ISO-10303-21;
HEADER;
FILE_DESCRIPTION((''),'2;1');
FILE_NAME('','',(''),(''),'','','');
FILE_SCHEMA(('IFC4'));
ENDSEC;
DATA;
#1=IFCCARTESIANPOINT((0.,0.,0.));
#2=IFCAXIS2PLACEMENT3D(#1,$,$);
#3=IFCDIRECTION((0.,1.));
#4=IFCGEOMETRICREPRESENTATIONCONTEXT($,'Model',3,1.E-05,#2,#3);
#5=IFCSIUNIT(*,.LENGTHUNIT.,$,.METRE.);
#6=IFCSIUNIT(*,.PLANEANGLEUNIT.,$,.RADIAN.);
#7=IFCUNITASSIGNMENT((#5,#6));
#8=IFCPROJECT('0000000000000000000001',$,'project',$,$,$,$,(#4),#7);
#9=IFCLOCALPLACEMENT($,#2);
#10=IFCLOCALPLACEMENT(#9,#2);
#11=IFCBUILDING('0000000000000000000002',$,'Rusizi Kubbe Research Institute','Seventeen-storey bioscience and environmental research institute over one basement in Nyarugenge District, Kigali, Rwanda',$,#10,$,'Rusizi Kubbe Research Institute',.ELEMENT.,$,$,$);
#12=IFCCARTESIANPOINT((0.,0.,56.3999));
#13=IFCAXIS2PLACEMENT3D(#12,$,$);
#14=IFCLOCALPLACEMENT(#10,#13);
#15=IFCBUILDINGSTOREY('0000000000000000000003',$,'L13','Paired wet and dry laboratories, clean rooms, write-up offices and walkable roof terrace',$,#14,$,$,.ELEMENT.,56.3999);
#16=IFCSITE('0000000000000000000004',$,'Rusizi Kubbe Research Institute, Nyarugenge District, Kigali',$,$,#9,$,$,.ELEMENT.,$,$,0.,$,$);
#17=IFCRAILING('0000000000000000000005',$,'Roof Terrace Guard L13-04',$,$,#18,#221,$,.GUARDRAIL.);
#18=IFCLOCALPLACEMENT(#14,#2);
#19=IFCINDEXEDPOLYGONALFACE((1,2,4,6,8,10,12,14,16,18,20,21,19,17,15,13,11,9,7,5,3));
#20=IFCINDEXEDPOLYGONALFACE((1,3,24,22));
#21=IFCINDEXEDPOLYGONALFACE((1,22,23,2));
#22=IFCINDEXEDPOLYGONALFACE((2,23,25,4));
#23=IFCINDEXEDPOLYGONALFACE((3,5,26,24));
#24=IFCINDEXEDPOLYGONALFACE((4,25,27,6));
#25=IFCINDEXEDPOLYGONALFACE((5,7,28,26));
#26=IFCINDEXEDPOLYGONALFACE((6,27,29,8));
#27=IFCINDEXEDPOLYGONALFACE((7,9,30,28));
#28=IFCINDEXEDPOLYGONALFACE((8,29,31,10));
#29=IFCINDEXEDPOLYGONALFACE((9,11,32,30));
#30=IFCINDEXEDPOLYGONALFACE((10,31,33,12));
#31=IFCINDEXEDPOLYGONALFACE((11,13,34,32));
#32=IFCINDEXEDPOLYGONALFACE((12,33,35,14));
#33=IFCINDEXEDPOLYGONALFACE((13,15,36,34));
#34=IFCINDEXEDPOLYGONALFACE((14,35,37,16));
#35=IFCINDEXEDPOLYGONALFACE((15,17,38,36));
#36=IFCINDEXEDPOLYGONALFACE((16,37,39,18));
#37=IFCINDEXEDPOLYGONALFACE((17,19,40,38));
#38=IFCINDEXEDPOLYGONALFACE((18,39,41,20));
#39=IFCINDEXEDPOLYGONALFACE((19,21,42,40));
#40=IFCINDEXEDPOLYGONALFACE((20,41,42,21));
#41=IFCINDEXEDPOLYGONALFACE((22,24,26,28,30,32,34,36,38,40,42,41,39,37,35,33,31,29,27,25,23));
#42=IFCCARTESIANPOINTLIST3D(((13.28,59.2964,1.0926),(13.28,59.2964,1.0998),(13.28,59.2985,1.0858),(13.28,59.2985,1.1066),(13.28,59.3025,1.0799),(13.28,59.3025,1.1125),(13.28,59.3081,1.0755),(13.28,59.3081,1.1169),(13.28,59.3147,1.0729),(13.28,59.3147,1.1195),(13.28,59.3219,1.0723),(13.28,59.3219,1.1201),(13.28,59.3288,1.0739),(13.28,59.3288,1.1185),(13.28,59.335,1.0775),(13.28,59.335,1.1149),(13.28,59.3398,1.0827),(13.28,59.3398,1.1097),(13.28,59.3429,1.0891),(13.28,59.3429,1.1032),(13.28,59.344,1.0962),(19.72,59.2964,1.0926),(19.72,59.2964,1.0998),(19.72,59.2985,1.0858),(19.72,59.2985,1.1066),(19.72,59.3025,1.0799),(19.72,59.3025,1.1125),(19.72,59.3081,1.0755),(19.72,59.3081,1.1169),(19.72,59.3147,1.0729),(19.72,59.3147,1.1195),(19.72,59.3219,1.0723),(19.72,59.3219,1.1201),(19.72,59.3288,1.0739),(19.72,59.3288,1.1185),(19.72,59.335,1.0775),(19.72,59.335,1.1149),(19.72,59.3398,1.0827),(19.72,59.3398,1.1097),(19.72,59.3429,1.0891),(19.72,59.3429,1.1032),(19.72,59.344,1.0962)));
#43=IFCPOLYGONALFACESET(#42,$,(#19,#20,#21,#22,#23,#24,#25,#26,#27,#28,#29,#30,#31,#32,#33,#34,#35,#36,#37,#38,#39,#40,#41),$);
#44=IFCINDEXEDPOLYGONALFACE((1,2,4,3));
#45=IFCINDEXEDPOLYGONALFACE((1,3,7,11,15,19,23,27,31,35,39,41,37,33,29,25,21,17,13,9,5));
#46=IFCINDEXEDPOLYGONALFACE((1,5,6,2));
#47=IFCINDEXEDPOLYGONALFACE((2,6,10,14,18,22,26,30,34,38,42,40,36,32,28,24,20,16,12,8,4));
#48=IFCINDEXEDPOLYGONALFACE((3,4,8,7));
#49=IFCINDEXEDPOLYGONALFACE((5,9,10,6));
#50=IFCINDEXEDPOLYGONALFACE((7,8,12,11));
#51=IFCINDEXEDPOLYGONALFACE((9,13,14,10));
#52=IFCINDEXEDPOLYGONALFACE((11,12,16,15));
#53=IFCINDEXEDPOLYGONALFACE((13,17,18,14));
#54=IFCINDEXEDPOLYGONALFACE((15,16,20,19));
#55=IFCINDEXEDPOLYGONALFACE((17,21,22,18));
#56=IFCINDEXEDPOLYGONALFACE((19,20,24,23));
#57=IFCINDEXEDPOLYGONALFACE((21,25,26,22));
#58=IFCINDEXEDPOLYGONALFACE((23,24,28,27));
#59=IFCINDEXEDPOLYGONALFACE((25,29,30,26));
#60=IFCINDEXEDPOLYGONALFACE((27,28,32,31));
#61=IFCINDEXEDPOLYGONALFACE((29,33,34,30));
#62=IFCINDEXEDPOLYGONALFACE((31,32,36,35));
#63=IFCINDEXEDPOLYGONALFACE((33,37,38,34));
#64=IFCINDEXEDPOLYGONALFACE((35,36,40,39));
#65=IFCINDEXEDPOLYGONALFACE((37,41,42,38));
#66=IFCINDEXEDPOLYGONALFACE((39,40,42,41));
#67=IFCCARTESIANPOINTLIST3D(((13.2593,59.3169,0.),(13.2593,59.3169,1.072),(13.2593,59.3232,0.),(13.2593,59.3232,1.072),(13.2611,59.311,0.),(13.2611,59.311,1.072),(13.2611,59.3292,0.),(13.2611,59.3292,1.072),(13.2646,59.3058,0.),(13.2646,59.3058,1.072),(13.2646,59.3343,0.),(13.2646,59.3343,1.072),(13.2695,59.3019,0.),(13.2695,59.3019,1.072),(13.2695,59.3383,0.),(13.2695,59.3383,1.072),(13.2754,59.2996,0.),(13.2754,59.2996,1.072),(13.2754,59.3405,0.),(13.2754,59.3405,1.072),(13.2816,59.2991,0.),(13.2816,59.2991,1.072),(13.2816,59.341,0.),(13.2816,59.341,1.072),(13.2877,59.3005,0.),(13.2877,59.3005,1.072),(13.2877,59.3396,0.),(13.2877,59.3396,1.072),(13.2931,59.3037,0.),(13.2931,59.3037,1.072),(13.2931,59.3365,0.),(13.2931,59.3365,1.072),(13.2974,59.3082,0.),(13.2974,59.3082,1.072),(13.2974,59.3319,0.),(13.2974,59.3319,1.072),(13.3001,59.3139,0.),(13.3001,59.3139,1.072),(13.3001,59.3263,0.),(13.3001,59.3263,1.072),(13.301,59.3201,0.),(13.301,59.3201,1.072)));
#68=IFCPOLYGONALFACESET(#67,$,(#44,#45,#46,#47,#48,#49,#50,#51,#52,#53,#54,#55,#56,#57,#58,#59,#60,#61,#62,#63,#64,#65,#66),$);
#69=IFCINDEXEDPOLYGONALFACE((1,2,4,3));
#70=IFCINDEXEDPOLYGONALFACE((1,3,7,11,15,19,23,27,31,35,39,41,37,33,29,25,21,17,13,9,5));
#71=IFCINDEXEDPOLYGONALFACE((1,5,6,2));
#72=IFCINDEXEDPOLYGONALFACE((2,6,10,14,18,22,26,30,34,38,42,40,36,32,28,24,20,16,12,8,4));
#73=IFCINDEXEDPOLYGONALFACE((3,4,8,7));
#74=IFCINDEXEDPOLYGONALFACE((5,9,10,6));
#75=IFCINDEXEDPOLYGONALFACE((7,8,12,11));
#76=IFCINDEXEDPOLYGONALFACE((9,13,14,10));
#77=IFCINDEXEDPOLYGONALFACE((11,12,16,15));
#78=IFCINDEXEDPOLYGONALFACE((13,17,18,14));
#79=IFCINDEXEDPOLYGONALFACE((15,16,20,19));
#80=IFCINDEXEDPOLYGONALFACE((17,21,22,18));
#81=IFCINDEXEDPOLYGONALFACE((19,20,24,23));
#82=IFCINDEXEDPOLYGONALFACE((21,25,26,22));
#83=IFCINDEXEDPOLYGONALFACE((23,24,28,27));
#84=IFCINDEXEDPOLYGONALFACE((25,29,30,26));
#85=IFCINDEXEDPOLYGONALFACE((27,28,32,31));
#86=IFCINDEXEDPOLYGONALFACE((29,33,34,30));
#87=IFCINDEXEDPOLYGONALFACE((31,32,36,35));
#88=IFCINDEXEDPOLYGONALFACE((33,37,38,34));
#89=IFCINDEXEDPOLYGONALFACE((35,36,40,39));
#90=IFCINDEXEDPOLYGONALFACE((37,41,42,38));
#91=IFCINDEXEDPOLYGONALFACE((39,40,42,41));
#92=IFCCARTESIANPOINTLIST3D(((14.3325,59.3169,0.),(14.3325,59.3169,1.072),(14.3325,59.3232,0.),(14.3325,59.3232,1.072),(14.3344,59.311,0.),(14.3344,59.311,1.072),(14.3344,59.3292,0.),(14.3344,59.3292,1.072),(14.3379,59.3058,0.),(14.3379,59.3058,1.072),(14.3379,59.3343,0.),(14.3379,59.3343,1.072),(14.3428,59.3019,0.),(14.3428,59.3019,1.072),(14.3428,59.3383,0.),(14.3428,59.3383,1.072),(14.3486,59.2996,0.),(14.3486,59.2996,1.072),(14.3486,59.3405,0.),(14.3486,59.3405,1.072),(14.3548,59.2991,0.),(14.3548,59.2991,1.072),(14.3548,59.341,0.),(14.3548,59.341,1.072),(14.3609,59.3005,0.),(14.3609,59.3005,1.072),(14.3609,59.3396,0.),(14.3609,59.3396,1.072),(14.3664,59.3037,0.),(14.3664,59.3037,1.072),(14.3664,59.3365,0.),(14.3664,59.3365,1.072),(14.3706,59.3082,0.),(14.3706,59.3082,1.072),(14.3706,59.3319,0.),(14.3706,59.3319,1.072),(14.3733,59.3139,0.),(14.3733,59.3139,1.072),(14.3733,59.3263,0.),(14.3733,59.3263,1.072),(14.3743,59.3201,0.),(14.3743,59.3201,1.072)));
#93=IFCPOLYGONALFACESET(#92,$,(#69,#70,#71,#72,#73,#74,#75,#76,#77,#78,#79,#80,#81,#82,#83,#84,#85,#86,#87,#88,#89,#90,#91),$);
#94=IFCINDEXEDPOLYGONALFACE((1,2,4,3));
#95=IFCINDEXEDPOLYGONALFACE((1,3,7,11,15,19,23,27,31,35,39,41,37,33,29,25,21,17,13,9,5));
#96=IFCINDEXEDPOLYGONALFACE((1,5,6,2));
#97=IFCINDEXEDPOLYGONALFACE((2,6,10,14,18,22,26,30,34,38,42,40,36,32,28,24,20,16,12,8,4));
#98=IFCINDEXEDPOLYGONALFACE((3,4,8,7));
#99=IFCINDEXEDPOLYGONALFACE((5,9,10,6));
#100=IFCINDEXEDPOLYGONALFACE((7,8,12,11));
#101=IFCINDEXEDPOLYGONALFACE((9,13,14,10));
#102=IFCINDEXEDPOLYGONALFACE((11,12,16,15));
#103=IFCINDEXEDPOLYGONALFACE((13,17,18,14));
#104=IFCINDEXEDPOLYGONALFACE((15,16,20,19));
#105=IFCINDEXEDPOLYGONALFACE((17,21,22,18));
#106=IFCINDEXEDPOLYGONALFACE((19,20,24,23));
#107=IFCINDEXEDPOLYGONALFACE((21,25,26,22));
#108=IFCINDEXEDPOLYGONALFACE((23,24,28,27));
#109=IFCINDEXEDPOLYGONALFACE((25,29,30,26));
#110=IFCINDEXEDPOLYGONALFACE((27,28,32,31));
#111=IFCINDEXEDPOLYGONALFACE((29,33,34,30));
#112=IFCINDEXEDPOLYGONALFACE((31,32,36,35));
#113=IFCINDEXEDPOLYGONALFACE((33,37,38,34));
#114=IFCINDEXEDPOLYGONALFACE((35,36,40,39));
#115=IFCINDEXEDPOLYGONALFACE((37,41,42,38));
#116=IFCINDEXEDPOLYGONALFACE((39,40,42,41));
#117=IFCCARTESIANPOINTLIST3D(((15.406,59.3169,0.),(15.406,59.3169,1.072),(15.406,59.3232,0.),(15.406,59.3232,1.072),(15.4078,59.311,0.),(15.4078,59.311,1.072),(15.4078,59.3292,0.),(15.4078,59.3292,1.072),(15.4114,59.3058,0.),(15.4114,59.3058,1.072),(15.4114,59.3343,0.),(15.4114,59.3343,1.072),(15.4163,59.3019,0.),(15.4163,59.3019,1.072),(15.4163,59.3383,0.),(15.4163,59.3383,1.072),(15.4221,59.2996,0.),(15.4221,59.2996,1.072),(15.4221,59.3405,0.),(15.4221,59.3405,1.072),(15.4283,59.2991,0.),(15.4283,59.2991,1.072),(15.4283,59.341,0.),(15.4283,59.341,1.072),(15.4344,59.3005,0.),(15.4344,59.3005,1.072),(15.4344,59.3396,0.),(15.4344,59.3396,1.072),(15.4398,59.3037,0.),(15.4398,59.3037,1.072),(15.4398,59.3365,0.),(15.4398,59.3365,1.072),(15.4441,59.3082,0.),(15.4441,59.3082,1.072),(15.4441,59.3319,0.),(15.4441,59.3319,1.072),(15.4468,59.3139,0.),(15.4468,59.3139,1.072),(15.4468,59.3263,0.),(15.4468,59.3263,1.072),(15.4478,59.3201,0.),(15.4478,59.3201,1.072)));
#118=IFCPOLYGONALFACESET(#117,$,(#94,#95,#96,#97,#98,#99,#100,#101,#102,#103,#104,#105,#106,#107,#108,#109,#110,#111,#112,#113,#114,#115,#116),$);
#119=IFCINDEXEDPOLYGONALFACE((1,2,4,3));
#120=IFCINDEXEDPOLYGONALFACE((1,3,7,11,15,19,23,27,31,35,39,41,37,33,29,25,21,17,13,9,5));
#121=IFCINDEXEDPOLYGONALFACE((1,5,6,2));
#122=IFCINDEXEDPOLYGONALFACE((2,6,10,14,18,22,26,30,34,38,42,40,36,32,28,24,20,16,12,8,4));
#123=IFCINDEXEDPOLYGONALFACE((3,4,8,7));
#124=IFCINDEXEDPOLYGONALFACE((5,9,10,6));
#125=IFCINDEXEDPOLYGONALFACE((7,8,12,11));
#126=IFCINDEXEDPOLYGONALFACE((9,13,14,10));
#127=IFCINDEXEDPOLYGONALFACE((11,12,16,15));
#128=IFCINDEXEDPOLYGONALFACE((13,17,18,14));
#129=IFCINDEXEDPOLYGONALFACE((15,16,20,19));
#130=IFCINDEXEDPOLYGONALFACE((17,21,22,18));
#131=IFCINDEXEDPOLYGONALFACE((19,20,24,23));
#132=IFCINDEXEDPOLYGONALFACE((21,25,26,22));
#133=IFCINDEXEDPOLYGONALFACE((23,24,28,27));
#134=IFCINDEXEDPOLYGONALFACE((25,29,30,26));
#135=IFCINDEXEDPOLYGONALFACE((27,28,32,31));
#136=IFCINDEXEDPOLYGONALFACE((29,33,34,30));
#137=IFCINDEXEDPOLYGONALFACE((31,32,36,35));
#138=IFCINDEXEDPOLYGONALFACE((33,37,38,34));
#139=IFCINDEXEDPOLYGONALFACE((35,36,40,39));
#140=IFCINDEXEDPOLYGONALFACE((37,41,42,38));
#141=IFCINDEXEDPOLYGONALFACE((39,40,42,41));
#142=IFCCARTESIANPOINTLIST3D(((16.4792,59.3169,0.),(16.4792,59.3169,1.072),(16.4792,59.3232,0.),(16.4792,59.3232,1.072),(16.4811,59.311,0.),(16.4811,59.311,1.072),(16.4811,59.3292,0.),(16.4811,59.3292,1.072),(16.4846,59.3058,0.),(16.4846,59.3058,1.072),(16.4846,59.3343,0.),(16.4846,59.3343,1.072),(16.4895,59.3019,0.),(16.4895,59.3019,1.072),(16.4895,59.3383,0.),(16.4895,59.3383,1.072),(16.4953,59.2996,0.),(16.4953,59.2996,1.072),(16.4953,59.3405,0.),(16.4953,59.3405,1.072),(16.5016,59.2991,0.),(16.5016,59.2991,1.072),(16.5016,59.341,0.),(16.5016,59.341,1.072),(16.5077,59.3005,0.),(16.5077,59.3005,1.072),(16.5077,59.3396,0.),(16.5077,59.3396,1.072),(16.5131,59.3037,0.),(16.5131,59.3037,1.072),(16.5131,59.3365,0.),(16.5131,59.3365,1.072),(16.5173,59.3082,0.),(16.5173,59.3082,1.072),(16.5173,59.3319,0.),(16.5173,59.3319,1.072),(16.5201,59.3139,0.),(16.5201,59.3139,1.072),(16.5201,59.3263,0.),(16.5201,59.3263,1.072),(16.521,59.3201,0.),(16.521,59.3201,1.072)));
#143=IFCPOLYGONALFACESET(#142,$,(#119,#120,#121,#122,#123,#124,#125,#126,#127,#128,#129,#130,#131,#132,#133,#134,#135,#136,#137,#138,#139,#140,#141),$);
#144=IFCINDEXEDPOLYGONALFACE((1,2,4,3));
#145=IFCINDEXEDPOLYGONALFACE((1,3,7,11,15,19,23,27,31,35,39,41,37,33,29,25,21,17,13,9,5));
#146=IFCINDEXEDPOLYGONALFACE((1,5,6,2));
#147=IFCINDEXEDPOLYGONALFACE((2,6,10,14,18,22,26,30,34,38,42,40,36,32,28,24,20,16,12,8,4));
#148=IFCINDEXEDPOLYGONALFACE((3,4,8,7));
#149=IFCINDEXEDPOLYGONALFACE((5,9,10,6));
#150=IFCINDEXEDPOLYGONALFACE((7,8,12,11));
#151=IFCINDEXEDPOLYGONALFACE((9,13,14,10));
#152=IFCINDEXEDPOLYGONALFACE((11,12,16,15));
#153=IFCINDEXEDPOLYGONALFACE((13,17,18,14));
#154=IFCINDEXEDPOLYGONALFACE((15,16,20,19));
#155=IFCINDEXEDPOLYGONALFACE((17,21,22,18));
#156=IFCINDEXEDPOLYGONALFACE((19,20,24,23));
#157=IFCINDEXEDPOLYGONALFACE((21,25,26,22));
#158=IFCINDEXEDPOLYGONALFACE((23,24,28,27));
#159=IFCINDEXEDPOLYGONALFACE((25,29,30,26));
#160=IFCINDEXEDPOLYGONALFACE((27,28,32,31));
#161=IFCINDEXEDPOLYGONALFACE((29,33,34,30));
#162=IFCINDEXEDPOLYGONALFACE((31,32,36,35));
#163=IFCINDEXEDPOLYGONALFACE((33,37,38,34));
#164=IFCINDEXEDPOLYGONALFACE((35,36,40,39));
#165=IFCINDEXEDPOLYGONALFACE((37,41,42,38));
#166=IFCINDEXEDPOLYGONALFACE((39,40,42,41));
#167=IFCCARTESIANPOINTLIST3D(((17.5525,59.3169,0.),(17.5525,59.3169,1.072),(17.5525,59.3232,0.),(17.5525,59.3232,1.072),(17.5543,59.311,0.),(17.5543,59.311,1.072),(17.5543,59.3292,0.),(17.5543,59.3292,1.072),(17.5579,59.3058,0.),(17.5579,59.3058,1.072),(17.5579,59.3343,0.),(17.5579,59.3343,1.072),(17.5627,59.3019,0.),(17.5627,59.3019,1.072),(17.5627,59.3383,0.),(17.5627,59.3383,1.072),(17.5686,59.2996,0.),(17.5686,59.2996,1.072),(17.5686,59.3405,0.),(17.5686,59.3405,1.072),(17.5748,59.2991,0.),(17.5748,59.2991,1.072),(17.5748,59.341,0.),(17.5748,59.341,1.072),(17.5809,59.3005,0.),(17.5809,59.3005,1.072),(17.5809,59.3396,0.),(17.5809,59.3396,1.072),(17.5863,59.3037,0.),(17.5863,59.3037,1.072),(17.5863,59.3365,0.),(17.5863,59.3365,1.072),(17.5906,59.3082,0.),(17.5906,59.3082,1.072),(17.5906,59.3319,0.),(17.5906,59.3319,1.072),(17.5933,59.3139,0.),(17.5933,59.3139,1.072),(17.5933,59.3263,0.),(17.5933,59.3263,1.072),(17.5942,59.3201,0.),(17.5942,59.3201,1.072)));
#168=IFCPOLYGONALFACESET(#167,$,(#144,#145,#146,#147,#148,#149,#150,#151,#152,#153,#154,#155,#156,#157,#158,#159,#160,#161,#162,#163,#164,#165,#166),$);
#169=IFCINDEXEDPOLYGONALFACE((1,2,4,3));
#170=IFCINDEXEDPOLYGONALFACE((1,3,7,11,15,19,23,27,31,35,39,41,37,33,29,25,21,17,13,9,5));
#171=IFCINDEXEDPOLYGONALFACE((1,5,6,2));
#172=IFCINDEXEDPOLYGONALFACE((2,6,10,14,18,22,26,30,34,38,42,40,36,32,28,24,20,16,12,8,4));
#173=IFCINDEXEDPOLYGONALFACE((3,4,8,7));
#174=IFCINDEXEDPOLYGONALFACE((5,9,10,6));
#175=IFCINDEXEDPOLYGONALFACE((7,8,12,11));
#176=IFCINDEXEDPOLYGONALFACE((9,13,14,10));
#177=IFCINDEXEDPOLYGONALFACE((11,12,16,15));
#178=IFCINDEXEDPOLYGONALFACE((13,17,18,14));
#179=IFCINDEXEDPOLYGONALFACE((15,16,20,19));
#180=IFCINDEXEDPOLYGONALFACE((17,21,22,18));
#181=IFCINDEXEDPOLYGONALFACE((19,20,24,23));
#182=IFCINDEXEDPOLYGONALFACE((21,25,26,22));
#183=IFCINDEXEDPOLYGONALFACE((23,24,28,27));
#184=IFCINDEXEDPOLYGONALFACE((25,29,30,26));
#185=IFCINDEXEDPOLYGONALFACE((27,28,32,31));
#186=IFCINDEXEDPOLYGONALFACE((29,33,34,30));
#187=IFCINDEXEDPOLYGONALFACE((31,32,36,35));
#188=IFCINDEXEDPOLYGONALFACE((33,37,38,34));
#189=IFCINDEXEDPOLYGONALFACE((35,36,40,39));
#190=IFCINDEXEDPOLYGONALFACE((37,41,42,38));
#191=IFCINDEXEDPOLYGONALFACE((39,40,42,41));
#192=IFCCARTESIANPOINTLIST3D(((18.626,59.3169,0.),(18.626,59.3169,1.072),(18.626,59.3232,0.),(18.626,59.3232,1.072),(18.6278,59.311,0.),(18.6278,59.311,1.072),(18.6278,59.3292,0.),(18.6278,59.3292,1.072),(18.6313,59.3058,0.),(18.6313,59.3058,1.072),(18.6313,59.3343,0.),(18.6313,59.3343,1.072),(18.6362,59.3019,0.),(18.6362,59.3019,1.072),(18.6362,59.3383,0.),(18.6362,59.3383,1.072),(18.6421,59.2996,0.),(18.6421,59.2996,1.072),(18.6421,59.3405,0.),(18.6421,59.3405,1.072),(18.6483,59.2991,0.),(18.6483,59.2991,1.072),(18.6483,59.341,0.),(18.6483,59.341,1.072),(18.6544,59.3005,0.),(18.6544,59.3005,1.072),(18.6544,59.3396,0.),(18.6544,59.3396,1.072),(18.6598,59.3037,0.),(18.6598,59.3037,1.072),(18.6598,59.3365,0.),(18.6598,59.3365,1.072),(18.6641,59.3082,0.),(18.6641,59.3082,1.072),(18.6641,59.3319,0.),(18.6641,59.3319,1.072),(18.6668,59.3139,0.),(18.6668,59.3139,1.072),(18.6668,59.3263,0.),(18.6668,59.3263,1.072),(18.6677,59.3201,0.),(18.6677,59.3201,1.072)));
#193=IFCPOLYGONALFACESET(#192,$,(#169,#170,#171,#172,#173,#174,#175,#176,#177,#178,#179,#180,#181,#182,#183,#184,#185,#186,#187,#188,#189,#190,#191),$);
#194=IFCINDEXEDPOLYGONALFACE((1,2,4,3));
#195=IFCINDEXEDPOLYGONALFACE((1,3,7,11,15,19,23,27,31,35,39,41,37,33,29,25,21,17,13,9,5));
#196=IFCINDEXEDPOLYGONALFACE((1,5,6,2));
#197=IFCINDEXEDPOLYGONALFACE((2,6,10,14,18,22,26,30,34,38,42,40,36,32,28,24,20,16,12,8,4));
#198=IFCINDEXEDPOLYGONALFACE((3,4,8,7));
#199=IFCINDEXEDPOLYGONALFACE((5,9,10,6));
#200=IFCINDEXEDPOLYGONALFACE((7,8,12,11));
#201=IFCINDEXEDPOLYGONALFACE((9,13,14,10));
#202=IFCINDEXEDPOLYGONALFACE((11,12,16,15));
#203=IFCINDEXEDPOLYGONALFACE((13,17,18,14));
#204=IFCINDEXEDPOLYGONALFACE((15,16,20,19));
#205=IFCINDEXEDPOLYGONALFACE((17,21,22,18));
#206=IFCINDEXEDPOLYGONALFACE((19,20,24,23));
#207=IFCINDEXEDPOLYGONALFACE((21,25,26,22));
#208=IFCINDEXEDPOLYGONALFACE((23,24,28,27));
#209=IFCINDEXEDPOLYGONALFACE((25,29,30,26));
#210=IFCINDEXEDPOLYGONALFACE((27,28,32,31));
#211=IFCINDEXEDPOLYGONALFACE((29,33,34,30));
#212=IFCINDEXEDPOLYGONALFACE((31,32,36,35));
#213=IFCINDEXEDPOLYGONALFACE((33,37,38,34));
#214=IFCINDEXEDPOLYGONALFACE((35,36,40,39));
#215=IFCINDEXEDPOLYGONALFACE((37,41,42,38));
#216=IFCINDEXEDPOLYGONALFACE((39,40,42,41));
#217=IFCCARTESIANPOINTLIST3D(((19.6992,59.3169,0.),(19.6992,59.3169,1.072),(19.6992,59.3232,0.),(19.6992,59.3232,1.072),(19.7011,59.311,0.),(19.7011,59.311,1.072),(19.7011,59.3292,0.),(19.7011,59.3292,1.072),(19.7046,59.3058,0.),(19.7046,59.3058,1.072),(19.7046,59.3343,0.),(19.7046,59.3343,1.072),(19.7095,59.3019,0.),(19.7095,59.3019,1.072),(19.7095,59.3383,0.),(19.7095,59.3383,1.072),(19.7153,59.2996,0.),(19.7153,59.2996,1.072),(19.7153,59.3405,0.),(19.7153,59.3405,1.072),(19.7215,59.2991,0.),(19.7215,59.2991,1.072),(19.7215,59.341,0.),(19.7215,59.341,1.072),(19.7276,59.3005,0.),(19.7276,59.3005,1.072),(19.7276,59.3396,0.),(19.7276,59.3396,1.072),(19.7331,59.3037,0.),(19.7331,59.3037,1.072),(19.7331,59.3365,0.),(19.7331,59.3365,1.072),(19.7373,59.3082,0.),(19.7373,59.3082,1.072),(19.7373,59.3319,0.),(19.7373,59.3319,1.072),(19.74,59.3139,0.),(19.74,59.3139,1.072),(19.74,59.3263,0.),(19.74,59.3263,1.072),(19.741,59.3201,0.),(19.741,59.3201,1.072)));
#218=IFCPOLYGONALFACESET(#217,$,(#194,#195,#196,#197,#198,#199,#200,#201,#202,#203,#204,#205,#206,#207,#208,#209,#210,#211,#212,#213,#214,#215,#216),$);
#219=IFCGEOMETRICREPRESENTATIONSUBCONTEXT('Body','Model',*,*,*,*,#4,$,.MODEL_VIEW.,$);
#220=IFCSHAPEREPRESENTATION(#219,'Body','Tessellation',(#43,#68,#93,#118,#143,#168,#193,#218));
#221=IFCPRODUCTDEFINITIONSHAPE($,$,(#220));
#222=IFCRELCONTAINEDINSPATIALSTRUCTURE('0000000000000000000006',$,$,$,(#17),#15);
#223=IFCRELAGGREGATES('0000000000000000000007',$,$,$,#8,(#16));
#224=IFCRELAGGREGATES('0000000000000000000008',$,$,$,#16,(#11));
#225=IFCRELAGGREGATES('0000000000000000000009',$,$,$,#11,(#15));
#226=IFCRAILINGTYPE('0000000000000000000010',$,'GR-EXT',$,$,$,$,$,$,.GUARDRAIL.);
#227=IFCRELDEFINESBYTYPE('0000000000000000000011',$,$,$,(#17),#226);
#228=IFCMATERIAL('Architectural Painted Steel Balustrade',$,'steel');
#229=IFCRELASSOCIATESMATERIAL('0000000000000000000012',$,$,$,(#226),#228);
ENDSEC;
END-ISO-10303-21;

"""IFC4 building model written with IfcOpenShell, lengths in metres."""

from ifc_helpers import new_model, si_unit, direction, frame, origin, origin_2d, place, context, subcontext, project, spatial, circle, extrude, material, type_object, element, save


model = new_model("IFC4")

# Units and contexts
model_context = context("Model", 3, precision=1e-05, world=origin(), true_north=direction((0.0, 1.0)))
body_context = subcontext(model_context, "Body", "Model", "MODEL_VIEW")
ifc_project = project(units=[si_unit("LENGTHUNIT", "METRE"), si_unit("PLANEANGLEUNIT", "RADIAN")], contexts=[model_context])

# Site, building, storey
site_placement = place(None, origin())
site = spatial("IfcSite", under=ifc_project, at=site_placement, Name="Rusizi Kubbe Research Institute, Nyarugenge District, Kigali", CompositionType="ELEMENT", RefElevation=0.0)
building_placement = place(site_placement, origin())
building = spatial("IfcBuilding", under=site, at=building_placement, Name="Rusizi Kubbe Research Institute", Description="Seventeen-storey bioscience and environmental research institute over one basement in Nyarugenge District, Kigali, Rwanda", LongName="Rusizi Kubbe Research Institute", CompositionType="ELEMENT")
storey_placement = place(building_placement, frame((0.0, 0.0, 56.3999)))
storey = spatial("IfcBuildingStorey", under=building, at=storey_placement, Name="L13", Description="Paired wet and dry laboratories, clean rooms, write-up offices and walkable roof terrace", CompositionType="ELEMENT", Elevation=56.3999)

# Railing
ifc_material_1 = material(Name="Architectural Painted Steel Balustrade", Category="steel")
railing_type = type_object("IfcRailingType", Name="GR-EXT", PredefinedType="GUARDRAIL", material=ifc_material_1)
railing_1_placement = place(storey_placement, frame((13.28, 59.3201, 0.0)))
element("IfcRailing", 1, at=railing_1_placement, inside=storey, type_object=railing_type, Name="Roof Terrace Guard L13-04", PredefinedType="GUARDRAIL", context=body_context, shape_type="SweptSolid", body=[
    extrude(circle(Radius=0.0239, at=origin_2d()), frame((0.0, 0.0, 1.0962), z_axis=(1.0, 0.0, 0.0), x_axis=(0.0, 1.0, 0.0)), (0.0, 0.0, 1.0), 6.4399),
    extrude(circle(Radius=0.021, at=origin_2d()), origin(), (0.0, 0.0, 1.0), 1.072),
    extrude(circle(Radius=0.021, at=origin_2d()), frame((1.0732, 0.0, 0.0)), (0.0, 0.0, 1.0), 1.072),
    extrude(circle(Radius=0.021, at=origin_2d()), frame((2.1467, 0.0, 0.0)), (0.0, 0.0, 1.0), 1.072),
    extrude(circle(Radius=0.021, at=origin_2d()), frame((3.22, 0.0, 0.0)), (0.0, 0.0, 1.0), 1.072),
    extrude(circle(Radius=0.021, at=origin_2d()), frame((4.2932, 0.0, 0.0)), (0.0, 0.0, 1.0), 1.072),
    extrude(circle(Radius=0.021, at=origin_2d()), frame((5.3667, 0.0, 0.0)), (0.0, 0.0, 1.0), 1.072),
    extrude(circle(Radius=0.021, at=origin_2d()), frame((6.4399, 0.0, 0.0)), (0.0, 0.0, 1.0), 1.072),
])

save(model, "model.ifc")
